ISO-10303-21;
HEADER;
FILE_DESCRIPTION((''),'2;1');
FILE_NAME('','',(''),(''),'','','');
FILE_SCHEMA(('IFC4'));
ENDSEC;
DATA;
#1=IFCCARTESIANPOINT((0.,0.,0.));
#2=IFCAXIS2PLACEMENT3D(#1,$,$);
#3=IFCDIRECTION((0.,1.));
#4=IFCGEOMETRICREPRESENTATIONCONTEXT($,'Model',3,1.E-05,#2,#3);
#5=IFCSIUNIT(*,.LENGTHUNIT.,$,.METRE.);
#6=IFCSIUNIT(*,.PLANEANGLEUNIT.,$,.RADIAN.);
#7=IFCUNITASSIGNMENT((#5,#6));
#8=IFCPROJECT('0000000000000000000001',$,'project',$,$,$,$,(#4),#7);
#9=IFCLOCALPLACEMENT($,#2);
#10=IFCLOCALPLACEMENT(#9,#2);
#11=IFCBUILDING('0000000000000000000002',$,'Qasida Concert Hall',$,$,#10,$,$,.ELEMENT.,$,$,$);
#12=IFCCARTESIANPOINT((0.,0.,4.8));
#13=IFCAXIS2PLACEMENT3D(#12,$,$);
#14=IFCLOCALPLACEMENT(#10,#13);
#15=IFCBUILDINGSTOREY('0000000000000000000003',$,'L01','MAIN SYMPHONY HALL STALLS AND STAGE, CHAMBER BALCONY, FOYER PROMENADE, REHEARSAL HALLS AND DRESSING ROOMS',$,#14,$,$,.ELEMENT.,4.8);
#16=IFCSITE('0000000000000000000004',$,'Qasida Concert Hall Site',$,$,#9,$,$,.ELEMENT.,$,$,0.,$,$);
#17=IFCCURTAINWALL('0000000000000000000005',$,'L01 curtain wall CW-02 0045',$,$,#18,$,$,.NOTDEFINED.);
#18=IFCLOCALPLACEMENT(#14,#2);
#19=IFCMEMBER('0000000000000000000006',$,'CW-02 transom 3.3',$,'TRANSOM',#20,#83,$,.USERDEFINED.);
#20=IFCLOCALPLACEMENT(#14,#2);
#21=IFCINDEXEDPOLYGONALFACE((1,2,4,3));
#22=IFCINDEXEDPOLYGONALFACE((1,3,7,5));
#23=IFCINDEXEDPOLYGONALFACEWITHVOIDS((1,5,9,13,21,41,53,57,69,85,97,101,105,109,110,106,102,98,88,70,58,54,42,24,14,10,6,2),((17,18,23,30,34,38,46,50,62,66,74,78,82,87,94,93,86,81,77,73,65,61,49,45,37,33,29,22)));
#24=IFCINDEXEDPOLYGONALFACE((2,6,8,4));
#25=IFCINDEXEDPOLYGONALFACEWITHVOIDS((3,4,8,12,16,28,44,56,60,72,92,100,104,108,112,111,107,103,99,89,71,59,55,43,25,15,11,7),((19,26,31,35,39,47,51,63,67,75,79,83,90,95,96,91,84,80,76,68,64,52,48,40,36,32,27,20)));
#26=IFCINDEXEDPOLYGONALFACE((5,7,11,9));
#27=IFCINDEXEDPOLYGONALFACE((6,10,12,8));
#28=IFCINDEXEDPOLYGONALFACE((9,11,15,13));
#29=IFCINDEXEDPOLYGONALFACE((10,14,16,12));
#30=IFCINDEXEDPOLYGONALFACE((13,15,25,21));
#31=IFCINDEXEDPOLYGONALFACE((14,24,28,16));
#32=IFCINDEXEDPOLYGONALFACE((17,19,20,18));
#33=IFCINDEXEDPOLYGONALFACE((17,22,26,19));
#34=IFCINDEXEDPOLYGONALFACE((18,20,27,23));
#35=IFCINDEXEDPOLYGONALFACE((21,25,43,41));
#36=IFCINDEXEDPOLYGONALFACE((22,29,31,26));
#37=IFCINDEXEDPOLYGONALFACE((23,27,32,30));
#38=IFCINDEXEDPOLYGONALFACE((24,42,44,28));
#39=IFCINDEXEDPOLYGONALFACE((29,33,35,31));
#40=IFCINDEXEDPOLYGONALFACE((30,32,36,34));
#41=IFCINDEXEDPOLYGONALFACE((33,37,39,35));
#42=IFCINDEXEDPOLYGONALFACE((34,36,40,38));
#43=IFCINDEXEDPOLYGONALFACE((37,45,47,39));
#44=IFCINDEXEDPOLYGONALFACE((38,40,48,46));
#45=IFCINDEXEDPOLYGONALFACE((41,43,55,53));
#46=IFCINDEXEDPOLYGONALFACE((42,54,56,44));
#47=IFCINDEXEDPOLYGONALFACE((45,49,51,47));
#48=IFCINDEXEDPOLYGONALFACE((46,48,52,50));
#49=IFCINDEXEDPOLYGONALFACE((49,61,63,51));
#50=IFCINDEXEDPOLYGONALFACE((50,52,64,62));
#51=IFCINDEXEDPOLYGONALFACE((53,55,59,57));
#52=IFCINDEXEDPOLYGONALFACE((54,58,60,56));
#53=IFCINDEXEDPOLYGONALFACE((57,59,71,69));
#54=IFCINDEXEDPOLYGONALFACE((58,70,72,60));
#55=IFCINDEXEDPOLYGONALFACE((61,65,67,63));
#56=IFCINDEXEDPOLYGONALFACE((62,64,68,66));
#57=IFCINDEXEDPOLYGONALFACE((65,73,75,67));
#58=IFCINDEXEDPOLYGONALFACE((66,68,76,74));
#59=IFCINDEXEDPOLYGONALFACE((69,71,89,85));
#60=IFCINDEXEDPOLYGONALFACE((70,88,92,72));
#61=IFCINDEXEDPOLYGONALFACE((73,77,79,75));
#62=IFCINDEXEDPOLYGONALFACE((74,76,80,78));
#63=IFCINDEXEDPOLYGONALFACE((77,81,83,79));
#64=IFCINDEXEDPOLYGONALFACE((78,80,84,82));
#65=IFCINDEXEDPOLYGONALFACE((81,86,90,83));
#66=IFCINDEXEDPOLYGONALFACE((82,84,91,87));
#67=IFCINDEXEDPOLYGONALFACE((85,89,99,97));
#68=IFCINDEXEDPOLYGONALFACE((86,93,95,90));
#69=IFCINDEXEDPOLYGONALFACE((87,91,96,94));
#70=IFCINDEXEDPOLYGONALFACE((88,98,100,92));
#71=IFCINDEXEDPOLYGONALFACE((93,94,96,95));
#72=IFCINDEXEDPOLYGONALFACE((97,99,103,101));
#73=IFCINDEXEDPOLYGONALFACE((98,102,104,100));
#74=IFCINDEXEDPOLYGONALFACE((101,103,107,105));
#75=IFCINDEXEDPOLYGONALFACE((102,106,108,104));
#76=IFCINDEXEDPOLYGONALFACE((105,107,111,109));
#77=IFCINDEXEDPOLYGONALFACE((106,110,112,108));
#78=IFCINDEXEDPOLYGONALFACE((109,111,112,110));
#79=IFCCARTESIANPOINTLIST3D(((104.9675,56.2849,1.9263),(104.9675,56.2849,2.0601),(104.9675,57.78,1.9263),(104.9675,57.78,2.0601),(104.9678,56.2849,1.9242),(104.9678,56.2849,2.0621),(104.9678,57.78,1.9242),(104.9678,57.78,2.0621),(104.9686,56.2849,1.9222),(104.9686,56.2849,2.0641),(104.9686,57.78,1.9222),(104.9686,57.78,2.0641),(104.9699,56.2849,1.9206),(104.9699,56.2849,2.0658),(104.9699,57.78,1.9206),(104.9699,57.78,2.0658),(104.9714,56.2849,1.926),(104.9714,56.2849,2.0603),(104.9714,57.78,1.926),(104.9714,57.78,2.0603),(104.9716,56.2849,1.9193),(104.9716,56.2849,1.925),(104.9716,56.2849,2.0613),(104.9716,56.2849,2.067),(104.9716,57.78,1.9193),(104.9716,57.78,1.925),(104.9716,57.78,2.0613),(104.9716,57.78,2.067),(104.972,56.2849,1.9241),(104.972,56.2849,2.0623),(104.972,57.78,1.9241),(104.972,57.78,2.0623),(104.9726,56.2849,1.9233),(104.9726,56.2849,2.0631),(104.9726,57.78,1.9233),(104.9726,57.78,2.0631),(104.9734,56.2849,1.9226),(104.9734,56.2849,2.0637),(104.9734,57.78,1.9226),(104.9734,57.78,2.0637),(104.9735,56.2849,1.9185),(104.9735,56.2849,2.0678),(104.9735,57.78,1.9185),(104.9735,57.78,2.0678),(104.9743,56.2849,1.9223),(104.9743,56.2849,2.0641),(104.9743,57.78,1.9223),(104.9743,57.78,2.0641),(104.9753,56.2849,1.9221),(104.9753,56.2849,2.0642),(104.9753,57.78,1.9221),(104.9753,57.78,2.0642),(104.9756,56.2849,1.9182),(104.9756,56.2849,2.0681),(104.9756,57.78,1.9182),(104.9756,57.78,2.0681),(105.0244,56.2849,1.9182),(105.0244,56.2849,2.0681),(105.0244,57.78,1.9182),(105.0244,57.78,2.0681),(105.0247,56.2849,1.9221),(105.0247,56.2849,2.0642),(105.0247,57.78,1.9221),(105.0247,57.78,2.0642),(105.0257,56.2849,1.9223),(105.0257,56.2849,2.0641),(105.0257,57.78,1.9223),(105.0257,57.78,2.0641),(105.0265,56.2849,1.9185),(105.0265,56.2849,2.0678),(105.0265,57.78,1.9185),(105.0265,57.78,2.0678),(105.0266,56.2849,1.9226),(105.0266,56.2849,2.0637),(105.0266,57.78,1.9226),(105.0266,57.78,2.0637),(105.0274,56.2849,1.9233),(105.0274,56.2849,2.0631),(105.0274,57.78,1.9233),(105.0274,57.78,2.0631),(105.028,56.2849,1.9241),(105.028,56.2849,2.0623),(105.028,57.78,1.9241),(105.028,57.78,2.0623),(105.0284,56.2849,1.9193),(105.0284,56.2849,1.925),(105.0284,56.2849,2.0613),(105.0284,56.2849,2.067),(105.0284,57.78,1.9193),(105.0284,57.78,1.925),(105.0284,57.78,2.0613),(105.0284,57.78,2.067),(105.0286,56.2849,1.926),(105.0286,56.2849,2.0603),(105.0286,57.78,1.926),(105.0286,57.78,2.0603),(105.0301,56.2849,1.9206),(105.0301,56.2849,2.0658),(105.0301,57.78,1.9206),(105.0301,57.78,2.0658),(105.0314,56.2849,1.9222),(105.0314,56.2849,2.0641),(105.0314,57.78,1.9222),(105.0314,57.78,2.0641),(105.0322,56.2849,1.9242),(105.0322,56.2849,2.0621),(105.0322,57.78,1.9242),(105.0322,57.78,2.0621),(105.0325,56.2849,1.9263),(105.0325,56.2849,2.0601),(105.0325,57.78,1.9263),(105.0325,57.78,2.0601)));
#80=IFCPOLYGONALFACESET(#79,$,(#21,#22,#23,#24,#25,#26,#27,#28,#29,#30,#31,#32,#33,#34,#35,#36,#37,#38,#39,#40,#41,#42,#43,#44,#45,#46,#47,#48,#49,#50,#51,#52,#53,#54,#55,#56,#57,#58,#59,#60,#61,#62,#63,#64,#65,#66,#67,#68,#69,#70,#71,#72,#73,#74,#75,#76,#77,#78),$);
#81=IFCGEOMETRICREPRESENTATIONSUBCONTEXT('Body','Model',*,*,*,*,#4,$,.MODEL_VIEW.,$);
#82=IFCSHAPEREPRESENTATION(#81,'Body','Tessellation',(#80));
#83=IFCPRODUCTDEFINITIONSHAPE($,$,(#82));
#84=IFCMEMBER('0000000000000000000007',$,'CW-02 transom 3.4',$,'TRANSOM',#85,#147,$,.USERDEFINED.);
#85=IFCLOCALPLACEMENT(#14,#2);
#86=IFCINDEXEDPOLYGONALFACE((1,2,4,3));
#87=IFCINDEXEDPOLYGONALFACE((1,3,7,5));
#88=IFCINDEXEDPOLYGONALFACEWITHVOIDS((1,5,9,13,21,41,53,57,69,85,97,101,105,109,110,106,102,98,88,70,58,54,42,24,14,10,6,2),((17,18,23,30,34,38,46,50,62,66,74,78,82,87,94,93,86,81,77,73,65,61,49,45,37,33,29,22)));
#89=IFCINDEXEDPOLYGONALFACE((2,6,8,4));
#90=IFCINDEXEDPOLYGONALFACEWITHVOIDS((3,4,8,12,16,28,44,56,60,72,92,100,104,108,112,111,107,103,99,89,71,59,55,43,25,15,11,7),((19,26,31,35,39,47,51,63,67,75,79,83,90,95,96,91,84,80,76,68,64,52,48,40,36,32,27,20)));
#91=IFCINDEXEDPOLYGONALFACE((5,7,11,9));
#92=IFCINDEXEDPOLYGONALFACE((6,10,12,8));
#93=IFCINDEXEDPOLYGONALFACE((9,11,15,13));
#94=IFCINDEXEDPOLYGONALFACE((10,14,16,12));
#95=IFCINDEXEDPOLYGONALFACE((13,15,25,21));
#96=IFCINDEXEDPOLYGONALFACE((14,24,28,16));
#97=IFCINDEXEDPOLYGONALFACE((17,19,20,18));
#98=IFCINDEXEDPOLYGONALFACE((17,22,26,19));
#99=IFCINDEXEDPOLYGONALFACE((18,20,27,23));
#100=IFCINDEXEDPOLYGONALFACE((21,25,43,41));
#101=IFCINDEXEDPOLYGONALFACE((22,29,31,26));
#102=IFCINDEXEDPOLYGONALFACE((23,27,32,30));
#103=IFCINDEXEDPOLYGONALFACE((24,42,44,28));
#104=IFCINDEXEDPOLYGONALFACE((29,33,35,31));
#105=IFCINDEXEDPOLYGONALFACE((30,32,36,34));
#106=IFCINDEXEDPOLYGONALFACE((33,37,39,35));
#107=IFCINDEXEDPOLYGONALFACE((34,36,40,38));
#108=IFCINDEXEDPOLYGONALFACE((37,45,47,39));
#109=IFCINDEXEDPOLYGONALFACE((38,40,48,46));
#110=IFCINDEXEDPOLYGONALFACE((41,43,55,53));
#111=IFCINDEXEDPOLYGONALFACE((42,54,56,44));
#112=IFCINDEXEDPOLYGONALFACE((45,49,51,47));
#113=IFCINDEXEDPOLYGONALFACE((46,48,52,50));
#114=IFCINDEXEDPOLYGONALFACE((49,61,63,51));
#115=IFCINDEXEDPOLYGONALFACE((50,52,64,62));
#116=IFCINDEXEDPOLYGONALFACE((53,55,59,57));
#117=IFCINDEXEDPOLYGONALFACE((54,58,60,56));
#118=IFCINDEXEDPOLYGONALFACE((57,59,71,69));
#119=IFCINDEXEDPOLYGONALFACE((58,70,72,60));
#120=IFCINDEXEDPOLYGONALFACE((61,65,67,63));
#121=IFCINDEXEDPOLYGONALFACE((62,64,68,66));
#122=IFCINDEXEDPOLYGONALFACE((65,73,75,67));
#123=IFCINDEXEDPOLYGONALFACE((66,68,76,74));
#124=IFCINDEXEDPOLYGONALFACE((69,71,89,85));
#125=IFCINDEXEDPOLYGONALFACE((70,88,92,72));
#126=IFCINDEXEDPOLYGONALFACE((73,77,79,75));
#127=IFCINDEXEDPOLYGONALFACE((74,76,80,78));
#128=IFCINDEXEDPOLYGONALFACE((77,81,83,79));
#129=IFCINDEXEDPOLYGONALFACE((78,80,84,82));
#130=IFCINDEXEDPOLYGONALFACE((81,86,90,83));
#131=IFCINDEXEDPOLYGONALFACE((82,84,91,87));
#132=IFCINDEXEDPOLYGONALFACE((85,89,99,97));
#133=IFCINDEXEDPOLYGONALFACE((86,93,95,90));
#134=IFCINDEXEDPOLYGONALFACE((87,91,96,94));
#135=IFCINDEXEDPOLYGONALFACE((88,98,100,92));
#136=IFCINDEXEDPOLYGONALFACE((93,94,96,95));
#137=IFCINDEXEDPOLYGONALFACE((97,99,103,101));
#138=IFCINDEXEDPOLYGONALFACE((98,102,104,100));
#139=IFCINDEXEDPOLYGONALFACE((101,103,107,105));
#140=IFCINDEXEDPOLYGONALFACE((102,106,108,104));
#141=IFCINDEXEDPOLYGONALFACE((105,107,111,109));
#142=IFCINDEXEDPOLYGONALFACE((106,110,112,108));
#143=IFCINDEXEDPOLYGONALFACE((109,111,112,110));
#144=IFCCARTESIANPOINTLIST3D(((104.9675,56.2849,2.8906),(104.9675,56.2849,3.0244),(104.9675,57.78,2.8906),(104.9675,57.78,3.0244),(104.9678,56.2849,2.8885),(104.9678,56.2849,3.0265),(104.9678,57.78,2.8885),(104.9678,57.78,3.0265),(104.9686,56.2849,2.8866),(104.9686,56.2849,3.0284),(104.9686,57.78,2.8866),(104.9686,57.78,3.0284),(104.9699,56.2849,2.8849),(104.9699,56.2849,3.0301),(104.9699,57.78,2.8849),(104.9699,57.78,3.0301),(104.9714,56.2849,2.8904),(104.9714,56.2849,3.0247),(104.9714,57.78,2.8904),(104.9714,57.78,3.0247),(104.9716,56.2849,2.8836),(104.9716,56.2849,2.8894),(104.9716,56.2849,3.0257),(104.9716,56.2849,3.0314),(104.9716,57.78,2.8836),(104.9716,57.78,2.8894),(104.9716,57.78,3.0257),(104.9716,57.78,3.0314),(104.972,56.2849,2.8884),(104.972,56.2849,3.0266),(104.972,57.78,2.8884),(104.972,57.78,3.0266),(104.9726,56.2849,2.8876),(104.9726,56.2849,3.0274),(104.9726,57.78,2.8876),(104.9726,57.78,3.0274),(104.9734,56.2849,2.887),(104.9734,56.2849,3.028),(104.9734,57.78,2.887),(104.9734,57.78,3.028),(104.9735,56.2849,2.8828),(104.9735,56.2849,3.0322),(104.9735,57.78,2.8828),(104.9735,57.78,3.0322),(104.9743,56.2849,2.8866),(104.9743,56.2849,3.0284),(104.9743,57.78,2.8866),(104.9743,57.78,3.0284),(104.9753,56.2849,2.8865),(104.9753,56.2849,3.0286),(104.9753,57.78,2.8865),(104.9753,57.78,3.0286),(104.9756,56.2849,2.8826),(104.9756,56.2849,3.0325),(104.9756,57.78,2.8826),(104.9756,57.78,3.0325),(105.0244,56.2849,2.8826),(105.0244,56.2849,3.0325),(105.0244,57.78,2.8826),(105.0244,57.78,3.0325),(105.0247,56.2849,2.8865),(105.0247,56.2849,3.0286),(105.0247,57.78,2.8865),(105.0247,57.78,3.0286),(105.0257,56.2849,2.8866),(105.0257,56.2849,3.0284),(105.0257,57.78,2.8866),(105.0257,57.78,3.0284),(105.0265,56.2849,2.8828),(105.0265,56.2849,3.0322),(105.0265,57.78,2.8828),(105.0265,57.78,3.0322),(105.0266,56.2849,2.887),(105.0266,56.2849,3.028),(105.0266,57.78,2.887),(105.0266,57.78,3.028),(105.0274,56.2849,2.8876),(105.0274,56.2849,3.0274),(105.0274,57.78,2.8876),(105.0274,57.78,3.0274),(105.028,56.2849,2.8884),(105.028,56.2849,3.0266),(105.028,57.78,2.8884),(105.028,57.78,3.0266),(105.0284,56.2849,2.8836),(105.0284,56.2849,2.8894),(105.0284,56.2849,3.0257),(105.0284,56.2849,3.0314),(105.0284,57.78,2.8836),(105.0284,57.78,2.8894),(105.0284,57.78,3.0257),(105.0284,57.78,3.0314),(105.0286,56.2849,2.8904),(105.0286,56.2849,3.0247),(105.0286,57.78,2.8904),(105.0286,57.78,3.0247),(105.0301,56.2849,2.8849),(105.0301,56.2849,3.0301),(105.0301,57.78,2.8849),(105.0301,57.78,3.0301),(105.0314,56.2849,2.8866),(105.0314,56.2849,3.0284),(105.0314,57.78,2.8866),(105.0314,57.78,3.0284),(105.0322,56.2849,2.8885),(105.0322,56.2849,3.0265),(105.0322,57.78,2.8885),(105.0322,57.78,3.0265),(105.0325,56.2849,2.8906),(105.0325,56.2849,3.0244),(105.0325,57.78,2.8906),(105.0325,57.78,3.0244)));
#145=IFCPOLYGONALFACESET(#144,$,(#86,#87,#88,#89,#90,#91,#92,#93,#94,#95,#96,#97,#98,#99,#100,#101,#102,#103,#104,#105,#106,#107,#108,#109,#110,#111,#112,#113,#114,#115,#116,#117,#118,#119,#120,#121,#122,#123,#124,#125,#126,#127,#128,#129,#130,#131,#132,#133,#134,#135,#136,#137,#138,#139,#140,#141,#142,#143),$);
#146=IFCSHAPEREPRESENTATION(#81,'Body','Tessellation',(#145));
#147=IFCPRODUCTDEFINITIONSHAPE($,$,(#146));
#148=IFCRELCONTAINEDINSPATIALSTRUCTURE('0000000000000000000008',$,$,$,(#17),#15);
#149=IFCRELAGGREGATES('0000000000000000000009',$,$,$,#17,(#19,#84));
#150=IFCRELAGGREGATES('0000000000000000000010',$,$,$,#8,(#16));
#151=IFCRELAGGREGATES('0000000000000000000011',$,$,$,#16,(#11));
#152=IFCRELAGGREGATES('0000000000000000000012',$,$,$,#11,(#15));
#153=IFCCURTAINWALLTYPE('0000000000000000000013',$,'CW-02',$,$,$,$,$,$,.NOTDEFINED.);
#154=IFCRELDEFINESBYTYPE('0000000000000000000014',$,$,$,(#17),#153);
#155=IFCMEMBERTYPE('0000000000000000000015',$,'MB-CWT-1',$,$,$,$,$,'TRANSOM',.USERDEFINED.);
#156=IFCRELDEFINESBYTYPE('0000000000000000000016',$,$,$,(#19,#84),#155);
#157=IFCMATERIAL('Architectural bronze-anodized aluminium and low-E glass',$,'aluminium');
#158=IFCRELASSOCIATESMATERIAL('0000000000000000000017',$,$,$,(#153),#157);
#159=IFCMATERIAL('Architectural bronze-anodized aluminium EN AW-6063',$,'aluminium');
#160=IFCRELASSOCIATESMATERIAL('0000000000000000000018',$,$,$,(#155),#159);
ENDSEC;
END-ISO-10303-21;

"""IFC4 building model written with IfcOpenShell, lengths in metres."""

from ifc_helpers import new_model, si_unit, direction, frame, origin, origin_2d, place, context, subcontext, project, spatial, hollow_rectangle, extrude, material, material_profile, profile_set, type_object, element, aggregate, save


model = new_model("IFC4")

# Units and contexts
model_context = context("Model", 3, precision=1e-05, world=origin(), true_north=direction((0.0, 1.0)))
body_context = subcontext(model_context, "Body", "Model", "MODEL_VIEW")
ifc_project = project(units=[si_unit("LENGTHUNIT", "METRE"), si_unit("PLANEANGLEUNIT", "RADIAN")], contexts=[model_context])

# Site, building, storey
site_placement = place(None, origin())
site = spatial("IfcSite", under=ifc_project, at=site_placement, Name="Qasida Concert Hall Site", CompositionType="ELEMENT", RefElevation=0.0)
building_placement = place(site_placement, origin())
building = spatial("IfcBuilding", under=site, at=building_placement, Name="Qasida Concert Hall", CompositionType="ELEMENT")
storey_placement = place(building_placement, frame((0.0, 0.0, 4.8)))
storey = spatial("IfcBuildingStorey", under=building, at=storey_placement, Name="L01", Description="MAIN SYMPHONY HALL STALLS AND STAGE, CHAMBER BALCONY, FOYER PROMENADE, REHEARSAL HALLS AND DRESSING ROOMS", CompositionType="ELEMENT", Elevation=4.8)

# Curtain wall, members
ifc_material_1 = material(Name="Architectural bronze-anodized aluminium and low-E glass", Category="aluminium")
curtain_wall_type = type_object("IfcCurtainWallType", Name="CW-02", PredefinedType="NOTDEFINED", material=ifc_material_1)
curtain_wall_placement = place(storey_placement, origin())
curtain_wall = element("IfcCurtainWall", 1, at=curtain_wall_placement, inside=storey, type_object=curtain_wall_type, Name="L01 curtain wall CW-02 0045", PredefinedType="NOTDEFINED")
ifc_material_2 = material(Name="Architectural bronze-anodized aluminium EN AW-6063", Category="aluminium")
ifc_material_profile_1 = material_profile(ifc_material_2, hollow_rectangle(XDim=0.0649, YDim=0.1499, WallThickness=0.0039, InnerFilletRadius=0.0039, OuterFilletRadius=0.0081, at=origin_2d()), Name="CWT 150x65x4")
ifc_profile_set_1 = profile_set([ifc_material_profile_1], Name="Architectural bronze-anodized aluminium EN AW-6063")
member_type_1 = type_object("IfcMemberType", Name="MB-CWT-1", ElementType="TRANSOM", PredefinedType="USERDEFINED", material=ifc_profile_set_1)
member_1_placement = place(storey_placement, frame((105.0, 56.2849, 1.9932), z_axis=(0.0, 1.0, 0.0), x_axis=(-1.0, 0.0, 0.0)))
member_1 = element("IfcMember", 2, at=member_1_placement, type_object=member_type_1, Name="CW-02 transom 3.3", ObjectType="TRANSOM", PredefinedType="USERDEFINED", context=body_context, shape_type="SweptSolid", body=[
    extrude(hollow_rectangle(XDim=0.0649, YDim=0.1499, WallThickness=0.0039, InnerFilletRadius=0.0039, OuterFilletRadius=0.0081, at=origin_2d()), origin(), (0.0, 0.0, 1.0), 1.4951),
])
member_2_placement = place(storey_placement, frame((105.0, 56.2849, 2.9575), z_axis=(0.0, 1.0, 0.0), x_axis=(-1.0, 0.0, 0.0)))
member_2 = element("IfcMember", 3, at=member_2_placement, type_object=member_type_1, Name="CW-02 transom 3.4", ObjectType="TRANSOM", PredefinedType="USERDEFINED", context=body_context, shape_type="SweptSolid", body=[
    extrude(hollow_rectangle(XDim=0.0649, YDim=0.1499, WallThickness=0.0039, InnerFilletRadius=0.0039, OuterFilletRadius=0.0081, at=origin_2d()), origin(), (0.0, 0.0, 1.0), 1.4951),
])
aggregate(curtain_wall, [member_1, member_2])

save(model, "model.ifc")
